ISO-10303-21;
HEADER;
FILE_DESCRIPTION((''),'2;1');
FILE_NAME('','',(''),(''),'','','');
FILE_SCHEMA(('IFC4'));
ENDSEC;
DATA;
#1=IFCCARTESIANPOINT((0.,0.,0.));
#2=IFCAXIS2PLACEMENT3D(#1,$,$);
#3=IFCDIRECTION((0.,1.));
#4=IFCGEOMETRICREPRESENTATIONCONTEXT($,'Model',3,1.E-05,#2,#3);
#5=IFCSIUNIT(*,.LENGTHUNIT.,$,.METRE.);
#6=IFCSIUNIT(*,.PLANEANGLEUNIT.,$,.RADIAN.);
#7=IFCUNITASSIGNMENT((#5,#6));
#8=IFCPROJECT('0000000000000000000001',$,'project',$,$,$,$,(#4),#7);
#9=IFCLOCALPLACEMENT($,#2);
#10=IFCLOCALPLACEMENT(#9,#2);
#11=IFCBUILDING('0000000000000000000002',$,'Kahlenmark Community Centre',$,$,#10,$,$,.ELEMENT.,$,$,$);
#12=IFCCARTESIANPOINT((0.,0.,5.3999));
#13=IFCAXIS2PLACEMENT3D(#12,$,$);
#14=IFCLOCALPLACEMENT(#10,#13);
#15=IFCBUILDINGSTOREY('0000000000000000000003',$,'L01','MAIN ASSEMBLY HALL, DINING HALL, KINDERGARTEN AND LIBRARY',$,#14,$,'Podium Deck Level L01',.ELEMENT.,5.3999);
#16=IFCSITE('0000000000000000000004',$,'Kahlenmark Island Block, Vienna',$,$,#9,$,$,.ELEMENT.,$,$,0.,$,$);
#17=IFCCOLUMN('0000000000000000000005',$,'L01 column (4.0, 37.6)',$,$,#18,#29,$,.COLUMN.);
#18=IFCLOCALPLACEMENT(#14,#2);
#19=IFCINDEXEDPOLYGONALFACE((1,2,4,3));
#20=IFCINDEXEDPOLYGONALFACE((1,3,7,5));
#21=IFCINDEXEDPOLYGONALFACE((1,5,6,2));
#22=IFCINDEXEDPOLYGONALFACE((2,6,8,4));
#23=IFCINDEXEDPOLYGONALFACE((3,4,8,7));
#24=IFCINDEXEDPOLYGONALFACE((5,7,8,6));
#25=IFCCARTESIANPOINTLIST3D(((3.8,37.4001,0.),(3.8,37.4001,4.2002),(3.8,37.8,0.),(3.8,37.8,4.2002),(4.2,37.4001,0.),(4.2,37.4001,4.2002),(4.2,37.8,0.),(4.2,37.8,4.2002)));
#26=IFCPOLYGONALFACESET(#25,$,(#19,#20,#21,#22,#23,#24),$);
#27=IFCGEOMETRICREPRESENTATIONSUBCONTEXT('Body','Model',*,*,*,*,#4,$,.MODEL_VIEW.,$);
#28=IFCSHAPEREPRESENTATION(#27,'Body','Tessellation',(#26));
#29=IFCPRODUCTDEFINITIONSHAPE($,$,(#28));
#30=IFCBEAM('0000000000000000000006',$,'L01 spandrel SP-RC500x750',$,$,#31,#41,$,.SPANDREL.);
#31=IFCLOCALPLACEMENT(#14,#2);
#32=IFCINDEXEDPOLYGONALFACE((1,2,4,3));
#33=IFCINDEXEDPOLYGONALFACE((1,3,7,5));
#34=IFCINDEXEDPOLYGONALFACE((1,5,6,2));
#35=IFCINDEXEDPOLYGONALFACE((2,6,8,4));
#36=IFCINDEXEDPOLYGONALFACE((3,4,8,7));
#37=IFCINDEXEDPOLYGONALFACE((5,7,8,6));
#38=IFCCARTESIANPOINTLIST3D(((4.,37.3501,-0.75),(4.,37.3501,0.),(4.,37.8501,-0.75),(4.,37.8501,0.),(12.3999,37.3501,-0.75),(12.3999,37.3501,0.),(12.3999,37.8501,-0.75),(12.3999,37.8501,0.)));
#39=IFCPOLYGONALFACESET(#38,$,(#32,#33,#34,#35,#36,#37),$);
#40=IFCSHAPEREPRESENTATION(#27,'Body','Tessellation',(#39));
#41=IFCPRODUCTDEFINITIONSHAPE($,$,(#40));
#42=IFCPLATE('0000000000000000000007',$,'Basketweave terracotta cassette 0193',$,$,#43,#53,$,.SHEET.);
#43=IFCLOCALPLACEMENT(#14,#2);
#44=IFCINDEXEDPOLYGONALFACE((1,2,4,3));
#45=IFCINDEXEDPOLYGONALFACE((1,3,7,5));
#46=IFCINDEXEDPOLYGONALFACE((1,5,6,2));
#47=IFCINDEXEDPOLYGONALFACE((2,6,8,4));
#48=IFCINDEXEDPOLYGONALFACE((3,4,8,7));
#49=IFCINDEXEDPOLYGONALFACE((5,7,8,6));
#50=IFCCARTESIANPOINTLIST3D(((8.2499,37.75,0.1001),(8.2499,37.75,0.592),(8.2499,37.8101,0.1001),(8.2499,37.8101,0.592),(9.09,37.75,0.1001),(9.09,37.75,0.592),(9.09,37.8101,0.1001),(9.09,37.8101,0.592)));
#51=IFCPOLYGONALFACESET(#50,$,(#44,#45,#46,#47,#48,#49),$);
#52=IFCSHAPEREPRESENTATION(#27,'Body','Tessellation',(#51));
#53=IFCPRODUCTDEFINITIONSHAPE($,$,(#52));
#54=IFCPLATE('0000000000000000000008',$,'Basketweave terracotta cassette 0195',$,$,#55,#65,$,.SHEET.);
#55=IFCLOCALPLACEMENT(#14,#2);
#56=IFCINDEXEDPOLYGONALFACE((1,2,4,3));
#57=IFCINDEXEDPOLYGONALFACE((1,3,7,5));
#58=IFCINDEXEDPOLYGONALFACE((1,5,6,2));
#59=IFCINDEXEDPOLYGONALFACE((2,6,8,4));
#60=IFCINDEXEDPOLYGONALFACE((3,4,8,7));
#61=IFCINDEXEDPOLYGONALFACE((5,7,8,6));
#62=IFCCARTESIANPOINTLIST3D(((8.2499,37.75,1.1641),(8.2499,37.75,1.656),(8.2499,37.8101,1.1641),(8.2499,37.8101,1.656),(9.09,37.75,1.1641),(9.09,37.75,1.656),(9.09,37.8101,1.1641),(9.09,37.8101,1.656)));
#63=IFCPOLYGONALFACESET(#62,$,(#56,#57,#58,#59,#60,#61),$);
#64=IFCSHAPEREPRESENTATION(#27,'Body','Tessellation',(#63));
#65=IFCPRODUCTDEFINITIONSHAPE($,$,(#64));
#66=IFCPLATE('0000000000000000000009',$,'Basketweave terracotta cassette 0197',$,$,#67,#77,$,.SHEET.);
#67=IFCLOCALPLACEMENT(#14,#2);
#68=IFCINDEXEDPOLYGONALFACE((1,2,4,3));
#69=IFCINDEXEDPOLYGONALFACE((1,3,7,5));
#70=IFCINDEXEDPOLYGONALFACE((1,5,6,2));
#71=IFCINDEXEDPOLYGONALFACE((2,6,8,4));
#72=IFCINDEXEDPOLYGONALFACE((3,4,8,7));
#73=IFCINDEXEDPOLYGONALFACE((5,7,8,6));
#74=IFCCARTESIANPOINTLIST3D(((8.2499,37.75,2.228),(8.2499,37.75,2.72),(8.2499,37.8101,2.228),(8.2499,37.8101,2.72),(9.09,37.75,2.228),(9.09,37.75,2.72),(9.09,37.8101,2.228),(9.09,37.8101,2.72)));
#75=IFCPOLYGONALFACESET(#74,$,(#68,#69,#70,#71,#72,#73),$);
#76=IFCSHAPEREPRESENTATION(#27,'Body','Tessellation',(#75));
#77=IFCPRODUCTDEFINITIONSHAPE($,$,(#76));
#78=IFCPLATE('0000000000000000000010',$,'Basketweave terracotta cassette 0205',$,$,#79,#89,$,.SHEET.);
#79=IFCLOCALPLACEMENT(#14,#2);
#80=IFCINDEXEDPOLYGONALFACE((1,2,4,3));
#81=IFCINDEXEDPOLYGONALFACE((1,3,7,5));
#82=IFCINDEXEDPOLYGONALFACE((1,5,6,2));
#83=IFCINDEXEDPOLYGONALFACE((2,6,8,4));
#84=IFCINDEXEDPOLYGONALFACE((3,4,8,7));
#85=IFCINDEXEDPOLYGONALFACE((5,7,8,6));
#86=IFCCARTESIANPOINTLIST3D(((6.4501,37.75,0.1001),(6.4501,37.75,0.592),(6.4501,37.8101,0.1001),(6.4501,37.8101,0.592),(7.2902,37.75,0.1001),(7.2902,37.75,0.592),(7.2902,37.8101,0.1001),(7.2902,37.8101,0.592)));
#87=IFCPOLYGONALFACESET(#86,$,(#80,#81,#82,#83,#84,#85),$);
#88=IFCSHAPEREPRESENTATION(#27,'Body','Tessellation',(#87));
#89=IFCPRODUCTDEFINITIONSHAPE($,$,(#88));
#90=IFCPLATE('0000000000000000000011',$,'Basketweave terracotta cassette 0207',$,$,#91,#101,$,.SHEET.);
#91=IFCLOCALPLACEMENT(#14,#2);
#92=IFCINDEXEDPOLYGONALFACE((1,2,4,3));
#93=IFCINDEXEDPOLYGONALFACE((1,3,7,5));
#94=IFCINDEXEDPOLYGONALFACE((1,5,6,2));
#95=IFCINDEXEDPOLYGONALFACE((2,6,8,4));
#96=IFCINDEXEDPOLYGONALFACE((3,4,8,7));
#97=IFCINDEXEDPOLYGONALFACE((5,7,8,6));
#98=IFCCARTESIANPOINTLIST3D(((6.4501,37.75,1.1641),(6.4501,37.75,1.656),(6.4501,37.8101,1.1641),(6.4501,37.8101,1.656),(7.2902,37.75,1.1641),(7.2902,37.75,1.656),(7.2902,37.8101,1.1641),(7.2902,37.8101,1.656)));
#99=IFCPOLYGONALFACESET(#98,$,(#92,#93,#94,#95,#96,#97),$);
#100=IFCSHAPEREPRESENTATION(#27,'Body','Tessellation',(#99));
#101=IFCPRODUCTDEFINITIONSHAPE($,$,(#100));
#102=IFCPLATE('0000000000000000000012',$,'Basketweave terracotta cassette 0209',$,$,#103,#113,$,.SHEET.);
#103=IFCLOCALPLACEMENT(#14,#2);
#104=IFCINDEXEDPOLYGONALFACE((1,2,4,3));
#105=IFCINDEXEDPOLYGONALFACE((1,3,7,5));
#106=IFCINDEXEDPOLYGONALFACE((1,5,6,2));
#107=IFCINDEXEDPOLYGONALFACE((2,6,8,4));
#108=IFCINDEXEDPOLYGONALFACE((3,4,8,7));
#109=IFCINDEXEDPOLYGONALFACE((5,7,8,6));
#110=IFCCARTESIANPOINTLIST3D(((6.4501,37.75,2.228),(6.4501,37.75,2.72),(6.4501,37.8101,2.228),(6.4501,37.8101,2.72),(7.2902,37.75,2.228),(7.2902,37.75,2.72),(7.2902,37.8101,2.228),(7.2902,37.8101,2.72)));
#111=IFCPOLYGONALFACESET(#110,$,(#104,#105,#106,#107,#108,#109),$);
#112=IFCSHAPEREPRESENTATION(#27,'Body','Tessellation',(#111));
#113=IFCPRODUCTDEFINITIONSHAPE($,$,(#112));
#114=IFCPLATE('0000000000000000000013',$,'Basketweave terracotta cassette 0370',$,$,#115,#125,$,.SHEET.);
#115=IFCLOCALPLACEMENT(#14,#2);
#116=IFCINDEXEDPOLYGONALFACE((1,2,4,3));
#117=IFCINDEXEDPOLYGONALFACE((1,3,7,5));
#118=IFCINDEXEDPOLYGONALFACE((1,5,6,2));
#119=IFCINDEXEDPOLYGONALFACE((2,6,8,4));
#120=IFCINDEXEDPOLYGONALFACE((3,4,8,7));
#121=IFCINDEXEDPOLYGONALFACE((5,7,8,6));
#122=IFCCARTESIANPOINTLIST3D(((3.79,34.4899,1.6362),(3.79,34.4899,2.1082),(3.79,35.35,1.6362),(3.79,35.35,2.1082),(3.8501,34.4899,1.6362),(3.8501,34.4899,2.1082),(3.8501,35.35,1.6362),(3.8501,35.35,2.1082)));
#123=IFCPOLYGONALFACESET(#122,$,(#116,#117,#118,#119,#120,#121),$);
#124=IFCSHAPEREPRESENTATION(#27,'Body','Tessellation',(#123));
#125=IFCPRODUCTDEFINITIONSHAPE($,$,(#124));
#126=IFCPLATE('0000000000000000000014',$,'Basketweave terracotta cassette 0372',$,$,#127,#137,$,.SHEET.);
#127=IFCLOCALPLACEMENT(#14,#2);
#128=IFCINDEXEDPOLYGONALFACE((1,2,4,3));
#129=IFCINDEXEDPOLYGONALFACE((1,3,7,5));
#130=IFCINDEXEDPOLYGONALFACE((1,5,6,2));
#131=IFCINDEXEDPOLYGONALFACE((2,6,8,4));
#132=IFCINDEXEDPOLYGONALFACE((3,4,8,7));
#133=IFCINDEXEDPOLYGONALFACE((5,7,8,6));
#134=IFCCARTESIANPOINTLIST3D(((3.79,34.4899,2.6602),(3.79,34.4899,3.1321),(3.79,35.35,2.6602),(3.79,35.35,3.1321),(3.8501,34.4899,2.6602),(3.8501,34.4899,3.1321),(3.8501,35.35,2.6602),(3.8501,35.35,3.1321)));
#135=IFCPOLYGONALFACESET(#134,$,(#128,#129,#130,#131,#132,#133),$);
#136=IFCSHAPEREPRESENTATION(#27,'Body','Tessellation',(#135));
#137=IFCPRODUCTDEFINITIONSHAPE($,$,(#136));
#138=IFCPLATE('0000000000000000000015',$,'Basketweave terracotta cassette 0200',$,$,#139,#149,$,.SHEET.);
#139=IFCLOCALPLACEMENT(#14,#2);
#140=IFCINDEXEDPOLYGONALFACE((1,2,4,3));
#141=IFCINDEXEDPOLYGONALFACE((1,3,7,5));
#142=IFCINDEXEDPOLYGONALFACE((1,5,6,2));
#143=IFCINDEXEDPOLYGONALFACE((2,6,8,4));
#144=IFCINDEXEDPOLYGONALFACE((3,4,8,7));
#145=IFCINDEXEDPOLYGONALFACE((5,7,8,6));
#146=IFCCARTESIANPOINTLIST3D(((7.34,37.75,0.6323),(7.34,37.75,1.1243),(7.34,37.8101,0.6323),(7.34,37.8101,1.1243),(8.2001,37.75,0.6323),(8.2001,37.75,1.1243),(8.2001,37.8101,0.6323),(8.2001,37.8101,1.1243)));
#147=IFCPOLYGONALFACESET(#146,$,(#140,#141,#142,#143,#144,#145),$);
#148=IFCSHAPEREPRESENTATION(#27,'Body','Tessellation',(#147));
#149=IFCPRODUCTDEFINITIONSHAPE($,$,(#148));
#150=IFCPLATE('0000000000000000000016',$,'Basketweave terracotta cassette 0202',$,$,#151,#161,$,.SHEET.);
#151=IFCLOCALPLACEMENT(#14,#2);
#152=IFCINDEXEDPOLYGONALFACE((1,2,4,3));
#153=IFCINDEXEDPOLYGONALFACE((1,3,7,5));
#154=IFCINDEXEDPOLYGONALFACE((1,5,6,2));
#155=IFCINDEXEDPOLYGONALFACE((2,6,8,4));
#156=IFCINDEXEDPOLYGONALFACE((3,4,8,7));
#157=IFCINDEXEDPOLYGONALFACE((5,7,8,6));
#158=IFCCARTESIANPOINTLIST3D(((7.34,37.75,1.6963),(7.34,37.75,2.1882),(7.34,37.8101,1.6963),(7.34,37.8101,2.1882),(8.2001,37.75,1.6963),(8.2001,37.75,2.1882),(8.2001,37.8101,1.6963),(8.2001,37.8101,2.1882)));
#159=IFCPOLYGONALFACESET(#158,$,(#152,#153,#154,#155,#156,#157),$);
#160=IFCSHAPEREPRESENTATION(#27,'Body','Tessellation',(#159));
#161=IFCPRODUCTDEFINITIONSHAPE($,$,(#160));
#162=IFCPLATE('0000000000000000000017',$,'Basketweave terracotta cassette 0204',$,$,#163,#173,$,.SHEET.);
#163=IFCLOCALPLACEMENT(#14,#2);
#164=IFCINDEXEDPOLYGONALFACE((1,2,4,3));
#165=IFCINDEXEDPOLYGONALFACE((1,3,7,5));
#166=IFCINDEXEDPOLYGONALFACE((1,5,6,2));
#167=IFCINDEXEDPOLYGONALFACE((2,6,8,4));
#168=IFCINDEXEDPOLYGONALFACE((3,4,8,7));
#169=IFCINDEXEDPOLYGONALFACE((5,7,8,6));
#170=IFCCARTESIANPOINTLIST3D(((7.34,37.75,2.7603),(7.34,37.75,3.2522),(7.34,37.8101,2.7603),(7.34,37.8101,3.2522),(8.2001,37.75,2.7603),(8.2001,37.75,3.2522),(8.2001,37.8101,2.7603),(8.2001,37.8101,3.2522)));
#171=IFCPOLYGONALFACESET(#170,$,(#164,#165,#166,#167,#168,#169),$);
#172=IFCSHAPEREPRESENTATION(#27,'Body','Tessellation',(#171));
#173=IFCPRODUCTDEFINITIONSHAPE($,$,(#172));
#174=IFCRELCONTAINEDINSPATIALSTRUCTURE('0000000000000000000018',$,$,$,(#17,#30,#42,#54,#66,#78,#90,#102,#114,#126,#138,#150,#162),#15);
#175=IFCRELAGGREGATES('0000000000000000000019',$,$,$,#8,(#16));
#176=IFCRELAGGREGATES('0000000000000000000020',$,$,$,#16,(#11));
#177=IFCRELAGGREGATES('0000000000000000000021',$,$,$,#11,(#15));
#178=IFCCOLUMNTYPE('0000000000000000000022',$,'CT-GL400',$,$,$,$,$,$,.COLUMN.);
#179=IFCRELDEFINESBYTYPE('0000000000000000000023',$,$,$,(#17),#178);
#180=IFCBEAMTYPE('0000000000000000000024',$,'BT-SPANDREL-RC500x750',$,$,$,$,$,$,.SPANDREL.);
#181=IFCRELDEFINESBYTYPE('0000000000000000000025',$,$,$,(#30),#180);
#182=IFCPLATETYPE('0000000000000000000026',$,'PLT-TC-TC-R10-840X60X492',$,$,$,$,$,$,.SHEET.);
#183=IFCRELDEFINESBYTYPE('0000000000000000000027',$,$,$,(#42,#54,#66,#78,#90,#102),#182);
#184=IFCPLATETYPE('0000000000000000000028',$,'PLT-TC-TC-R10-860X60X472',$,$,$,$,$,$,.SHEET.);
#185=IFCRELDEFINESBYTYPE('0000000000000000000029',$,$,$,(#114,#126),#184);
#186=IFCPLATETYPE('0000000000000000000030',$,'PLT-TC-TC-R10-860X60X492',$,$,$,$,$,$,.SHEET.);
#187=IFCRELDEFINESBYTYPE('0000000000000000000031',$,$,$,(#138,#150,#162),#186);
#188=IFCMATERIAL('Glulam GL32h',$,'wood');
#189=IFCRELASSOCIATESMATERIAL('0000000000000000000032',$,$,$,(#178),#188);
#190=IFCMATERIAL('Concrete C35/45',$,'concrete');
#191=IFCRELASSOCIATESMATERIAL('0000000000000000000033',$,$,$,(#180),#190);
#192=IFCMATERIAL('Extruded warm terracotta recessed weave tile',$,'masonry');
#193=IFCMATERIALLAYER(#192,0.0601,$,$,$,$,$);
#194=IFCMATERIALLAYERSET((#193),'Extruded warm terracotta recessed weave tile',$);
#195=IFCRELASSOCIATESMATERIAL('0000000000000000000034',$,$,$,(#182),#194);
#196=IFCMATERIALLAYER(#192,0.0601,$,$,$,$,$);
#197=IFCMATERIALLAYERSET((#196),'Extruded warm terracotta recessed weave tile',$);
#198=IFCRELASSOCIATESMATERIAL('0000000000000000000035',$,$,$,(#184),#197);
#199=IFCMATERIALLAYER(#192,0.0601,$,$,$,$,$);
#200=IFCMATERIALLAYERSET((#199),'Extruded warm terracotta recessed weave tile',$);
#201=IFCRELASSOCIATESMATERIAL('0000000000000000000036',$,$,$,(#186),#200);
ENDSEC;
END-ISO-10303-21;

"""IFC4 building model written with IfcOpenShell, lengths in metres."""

from ifc_helpers import new_model, si_unit, direction, frame, origin, origin_2d, place, context, subcontext, project, spatial, rectangle, extrude, material, layer, layer_set, material_profile, profile_set, type_object, element, save


model = new_model("IFC4")

# Units and contexts
model_context = context("Model", 3, precision=1e-05, world=origin(), true_north=direction((0.0, 1.0)))
body_context = subcontext(model_context, "Body", "Model", "MODEL_VIEW")
ifc_project = project(units=[si_unit("LENGTHUNIT", "METRE"), si_unit("PLANEANGLEUNIT", "RADIAN")], contexts=[model_context])

# Site, building, storey
site_placement = place(None, origin())
site = spatial("IfcSite", under=ifc_project, at=site_placement, Name="Kahlenmark Island Block, Vienna", CompositionType="ELEMENT", RefElevation=0.0)
building_placement = place(site_placement, origin())
building = spatial("IfcBuilding", under=site, at=building_placement, Name="Kahlenmark Community Centre", CompositionType="ELEMENT")
storey_placement = place(building_placement, frame((0.0, 0.0, 5.3999)))
storey = spatial("IfcBuildingStorey", under=building, at=storey_placement, Name="L01", Description="MAIN ASSEMBLY HALL, DINING HALL, KINDERGARTEN AND LIBRARY", LongName="Podium Deck Level L01", CompositionType="ELEMENT", Elevation=5.3999)

# Column
ifc_material_1 = material(Name="Glulam GL32h", Category="wood")
ifc_material_profile_1 = material_profile(ifc_material_1, rectangle(XDim=0.3999, YDim=0.3999, at=origin_2d()), Name="GL32h 400x400")
ifc_profile_set_1 = profile_set([ifc_material_profile_1], Name="Glulam GL32h")
column_type = type_object("IfcColumnType", Name="CT-GL400", PredefinedType="COLUMN", material=ifc_profile_set_1)
column_placement = place(storey_placement, frame((4.0, 37.6001, 0.0), z_axis=(0.0, 0.0, 1.0), x_axis=(1.0, 0.0, 0.0)))
element("IfcColumn", 1, at=column_placement, inside=storey, type_object=column_type, Name="L01 column (4.0, 37.6)", PredefinedType="COLUMN", context=body_context, shape_type="SweptSolid", body=[
    extrude(rectangle(XDim=0.3999, YDim=0.3999, at=origin_2d()), origin(), (0.0, 0.0, 1.0), 4.2002),
])

# Beam
ifc_material_2 = material(Name="Concrete C35/45", Category="concrete")
ifc_material_profile_2 = material_profile(ifc_material_2, rectangle(XDim=0.5, YDim=0.75, at=origin_2d()), Name="RC 500x750")
ifc_profile_set_2 = profile_set([ifc_material_profile_2], Name="Concrete C35/45")
beam_type = type_object("IfcBeamType", Name="BT-SPANDREL-RC500x750", PredefinedType="SPANDREL", material=ifc_profile_set_2)
beam_placement = place(storey_placement, frame((4.0, 37.6001, -0.375), z_axis=(1.0, 0.0, 0.0), x_axis=(0.0, 1.0, 0.0)))
element("IfcBeam", 2, at=beam_placement, inside=storey, type_object=beam_type, Name="L01 spandrel SP-RC500x750", PredefinedType="SPANDREL", context=body_context, shape_type="SweptSolid", body=[
    extrude(rectangle(XDim=0.5, YDim=0.75, at=origin_2d()), origin(), (0.0, 0.0, 1.0), 8.3999),
])

# Plates
ifc_material_3 = material(Name="Extruded warm terracotta recessed weave tile", Category="masonry")
ifc_layer_1 = layer(ifc_material_3, 0.0601)
ifc_layer_set_1 = layer_set([ifc_layer_1], Name="Extruded warm terracotta recessed weave tile")
plate_type_1 = type_object("IfcPlateType", Name="PLT-TC-TC-R10-840X60X492", PredefinedType="SHEET", material=ifc_layer_set_1)
for number, where, z_axis, x_axis, name in (
    (3, (8.6699, 37.78, 0.1001), (0.0, 0.0, 1.0), (-1.0, 0.0, 0.0), "Basketweave terracotta cassette 0193"),
    (4, (8.6699, 37.78, 1.1641), (0.0, 0.0, 1.0), (-1.0, 0.0, 0.0), "Basketweave terracotta cassette 0195"),
    (5, (8.6699, 37.78, 2.228), (0.0, 0.0, 1.0), (-1.0, 0.0, 0.0), "Basketweave terracotta cassette 0197"),
    (6, (6.8701, 37.78, 0.1001), (0.0, 0.0, 1.0), (-1.0, 0.0, 0.0), "Basketweave terracotta cassette 0205"),
    (7, (6.8701, 37.78, 1.1641), (0.0, 0.0, 1.0), (-1.0, 0.0, 0.0), "Basketweave terracotta cassette 0207"),
    (8, (6.8701, 37.78, 2.228), (0.0, 0.0, 1.0), (-1.0, 0.0, 0.0), "Basketweave terracotta cassette 0209"),
):
    element("IfcPlate", number, at=place(storey_placement, frame(where, z_axis=z_axis, x_axis=x_axis)), inside=storey, type_object=plate_type_1, Name=name, PredefinedType="SHEET", context=body_context, shape_type="SweptSolid", body=[
        extrude(rectangle(XDim=0.8401, YDim=0.0601, at=origin_2d()), origin(), (0.0, 0.0, 1.0), 0.4919),
    ])
ifc_layer_2 = layer(ifc_material_3, 0.0601)
ifc_layer_set_2 = layer_set([ifc_layer_2], Name="Extruded warm terracotta recessed weave tile")
plate_type_2 = type_object("IfcPlateType", Name="PLT-TC-TC-R10-860X60X472", PredefinedType="SHEET", material=ifc_layer_set_2)
for number, where, z_axis, x_axis, name in (
    (9, (3.8201, 34.9199, 1.6362), (0.0, 0.0, 1.0), (0.0, -1.0, 0.0), "Basketweave terracotta cassette 0370"),
    (10, (3.8201, 34.9199, 2.6602), (0.0, 0.0, 1.0), (0.0, -1.0, 0.0), "Basketweave terracotta cassette 0372"),
):
    element("IfcPlate", number, at=place(storey_placement, frame(where, z_axis=z_axis, x_axis=x_axis)), inside=storey, type_object=plate_type_2, Name=name, PredefinedType="SHEET", context=body_context, shape_type="SweptSolid", body=[
        extrude(rectangle(XDim=0.8601, YDim=0.0601, at=origin_2d()), origin(), (0.0, 0.0, 1.0), 0.4719),
    ])
ifc_layer_3 = layer(ifc_material_3, 0.0601)
ifc_layer_set_3 = layer_set([ifc_layer_3], Name="Extruded warm terracotta recessed weave tile")
plate_type_3 = type_object("IfcPlateType", Name="PLT-TC-TC-R10-860X60X492", PredefinedType="SHEET", material=ifc_layer_set_3)
for number, where, z_axis, x_axis, name in (
    (11, (7.77, 37.78, 0.6323), (0.0, 0.0, 1.0), (-1.0, 0.0, 0.0), "Basketweave terracotta cassette 0200"),
    (12, (7.77, 37.78, 1.6963), (0.0, 0.0, 1.0), (-1.0, 0.0, 0.0), "Basketweave terracotta cassette 0202"),
    (13, (7.77, 37.78, 2.7603), (0.0, 0.0, 1.0), (-1.0, 0.0, 0.0), "Basketweave terracotta cassette 0204"),
):
    element("IfcPlate", number, at=place(storey_placement, frame(where, z_axis=z_axis, x_axis=x_axis)), inside=storey, type_object=plate_type_3, Name=name, PredefinedType="SHEET", context=body_context, shape_type="SweptSolid", body=[
        extrude(rectangle(XDim=0.8601, YDim=0.0601, at=origin_2d()), origin(), (0.0, 0.0, 1.0), 0.4919),
    ])

save(model, "model.ifc")
